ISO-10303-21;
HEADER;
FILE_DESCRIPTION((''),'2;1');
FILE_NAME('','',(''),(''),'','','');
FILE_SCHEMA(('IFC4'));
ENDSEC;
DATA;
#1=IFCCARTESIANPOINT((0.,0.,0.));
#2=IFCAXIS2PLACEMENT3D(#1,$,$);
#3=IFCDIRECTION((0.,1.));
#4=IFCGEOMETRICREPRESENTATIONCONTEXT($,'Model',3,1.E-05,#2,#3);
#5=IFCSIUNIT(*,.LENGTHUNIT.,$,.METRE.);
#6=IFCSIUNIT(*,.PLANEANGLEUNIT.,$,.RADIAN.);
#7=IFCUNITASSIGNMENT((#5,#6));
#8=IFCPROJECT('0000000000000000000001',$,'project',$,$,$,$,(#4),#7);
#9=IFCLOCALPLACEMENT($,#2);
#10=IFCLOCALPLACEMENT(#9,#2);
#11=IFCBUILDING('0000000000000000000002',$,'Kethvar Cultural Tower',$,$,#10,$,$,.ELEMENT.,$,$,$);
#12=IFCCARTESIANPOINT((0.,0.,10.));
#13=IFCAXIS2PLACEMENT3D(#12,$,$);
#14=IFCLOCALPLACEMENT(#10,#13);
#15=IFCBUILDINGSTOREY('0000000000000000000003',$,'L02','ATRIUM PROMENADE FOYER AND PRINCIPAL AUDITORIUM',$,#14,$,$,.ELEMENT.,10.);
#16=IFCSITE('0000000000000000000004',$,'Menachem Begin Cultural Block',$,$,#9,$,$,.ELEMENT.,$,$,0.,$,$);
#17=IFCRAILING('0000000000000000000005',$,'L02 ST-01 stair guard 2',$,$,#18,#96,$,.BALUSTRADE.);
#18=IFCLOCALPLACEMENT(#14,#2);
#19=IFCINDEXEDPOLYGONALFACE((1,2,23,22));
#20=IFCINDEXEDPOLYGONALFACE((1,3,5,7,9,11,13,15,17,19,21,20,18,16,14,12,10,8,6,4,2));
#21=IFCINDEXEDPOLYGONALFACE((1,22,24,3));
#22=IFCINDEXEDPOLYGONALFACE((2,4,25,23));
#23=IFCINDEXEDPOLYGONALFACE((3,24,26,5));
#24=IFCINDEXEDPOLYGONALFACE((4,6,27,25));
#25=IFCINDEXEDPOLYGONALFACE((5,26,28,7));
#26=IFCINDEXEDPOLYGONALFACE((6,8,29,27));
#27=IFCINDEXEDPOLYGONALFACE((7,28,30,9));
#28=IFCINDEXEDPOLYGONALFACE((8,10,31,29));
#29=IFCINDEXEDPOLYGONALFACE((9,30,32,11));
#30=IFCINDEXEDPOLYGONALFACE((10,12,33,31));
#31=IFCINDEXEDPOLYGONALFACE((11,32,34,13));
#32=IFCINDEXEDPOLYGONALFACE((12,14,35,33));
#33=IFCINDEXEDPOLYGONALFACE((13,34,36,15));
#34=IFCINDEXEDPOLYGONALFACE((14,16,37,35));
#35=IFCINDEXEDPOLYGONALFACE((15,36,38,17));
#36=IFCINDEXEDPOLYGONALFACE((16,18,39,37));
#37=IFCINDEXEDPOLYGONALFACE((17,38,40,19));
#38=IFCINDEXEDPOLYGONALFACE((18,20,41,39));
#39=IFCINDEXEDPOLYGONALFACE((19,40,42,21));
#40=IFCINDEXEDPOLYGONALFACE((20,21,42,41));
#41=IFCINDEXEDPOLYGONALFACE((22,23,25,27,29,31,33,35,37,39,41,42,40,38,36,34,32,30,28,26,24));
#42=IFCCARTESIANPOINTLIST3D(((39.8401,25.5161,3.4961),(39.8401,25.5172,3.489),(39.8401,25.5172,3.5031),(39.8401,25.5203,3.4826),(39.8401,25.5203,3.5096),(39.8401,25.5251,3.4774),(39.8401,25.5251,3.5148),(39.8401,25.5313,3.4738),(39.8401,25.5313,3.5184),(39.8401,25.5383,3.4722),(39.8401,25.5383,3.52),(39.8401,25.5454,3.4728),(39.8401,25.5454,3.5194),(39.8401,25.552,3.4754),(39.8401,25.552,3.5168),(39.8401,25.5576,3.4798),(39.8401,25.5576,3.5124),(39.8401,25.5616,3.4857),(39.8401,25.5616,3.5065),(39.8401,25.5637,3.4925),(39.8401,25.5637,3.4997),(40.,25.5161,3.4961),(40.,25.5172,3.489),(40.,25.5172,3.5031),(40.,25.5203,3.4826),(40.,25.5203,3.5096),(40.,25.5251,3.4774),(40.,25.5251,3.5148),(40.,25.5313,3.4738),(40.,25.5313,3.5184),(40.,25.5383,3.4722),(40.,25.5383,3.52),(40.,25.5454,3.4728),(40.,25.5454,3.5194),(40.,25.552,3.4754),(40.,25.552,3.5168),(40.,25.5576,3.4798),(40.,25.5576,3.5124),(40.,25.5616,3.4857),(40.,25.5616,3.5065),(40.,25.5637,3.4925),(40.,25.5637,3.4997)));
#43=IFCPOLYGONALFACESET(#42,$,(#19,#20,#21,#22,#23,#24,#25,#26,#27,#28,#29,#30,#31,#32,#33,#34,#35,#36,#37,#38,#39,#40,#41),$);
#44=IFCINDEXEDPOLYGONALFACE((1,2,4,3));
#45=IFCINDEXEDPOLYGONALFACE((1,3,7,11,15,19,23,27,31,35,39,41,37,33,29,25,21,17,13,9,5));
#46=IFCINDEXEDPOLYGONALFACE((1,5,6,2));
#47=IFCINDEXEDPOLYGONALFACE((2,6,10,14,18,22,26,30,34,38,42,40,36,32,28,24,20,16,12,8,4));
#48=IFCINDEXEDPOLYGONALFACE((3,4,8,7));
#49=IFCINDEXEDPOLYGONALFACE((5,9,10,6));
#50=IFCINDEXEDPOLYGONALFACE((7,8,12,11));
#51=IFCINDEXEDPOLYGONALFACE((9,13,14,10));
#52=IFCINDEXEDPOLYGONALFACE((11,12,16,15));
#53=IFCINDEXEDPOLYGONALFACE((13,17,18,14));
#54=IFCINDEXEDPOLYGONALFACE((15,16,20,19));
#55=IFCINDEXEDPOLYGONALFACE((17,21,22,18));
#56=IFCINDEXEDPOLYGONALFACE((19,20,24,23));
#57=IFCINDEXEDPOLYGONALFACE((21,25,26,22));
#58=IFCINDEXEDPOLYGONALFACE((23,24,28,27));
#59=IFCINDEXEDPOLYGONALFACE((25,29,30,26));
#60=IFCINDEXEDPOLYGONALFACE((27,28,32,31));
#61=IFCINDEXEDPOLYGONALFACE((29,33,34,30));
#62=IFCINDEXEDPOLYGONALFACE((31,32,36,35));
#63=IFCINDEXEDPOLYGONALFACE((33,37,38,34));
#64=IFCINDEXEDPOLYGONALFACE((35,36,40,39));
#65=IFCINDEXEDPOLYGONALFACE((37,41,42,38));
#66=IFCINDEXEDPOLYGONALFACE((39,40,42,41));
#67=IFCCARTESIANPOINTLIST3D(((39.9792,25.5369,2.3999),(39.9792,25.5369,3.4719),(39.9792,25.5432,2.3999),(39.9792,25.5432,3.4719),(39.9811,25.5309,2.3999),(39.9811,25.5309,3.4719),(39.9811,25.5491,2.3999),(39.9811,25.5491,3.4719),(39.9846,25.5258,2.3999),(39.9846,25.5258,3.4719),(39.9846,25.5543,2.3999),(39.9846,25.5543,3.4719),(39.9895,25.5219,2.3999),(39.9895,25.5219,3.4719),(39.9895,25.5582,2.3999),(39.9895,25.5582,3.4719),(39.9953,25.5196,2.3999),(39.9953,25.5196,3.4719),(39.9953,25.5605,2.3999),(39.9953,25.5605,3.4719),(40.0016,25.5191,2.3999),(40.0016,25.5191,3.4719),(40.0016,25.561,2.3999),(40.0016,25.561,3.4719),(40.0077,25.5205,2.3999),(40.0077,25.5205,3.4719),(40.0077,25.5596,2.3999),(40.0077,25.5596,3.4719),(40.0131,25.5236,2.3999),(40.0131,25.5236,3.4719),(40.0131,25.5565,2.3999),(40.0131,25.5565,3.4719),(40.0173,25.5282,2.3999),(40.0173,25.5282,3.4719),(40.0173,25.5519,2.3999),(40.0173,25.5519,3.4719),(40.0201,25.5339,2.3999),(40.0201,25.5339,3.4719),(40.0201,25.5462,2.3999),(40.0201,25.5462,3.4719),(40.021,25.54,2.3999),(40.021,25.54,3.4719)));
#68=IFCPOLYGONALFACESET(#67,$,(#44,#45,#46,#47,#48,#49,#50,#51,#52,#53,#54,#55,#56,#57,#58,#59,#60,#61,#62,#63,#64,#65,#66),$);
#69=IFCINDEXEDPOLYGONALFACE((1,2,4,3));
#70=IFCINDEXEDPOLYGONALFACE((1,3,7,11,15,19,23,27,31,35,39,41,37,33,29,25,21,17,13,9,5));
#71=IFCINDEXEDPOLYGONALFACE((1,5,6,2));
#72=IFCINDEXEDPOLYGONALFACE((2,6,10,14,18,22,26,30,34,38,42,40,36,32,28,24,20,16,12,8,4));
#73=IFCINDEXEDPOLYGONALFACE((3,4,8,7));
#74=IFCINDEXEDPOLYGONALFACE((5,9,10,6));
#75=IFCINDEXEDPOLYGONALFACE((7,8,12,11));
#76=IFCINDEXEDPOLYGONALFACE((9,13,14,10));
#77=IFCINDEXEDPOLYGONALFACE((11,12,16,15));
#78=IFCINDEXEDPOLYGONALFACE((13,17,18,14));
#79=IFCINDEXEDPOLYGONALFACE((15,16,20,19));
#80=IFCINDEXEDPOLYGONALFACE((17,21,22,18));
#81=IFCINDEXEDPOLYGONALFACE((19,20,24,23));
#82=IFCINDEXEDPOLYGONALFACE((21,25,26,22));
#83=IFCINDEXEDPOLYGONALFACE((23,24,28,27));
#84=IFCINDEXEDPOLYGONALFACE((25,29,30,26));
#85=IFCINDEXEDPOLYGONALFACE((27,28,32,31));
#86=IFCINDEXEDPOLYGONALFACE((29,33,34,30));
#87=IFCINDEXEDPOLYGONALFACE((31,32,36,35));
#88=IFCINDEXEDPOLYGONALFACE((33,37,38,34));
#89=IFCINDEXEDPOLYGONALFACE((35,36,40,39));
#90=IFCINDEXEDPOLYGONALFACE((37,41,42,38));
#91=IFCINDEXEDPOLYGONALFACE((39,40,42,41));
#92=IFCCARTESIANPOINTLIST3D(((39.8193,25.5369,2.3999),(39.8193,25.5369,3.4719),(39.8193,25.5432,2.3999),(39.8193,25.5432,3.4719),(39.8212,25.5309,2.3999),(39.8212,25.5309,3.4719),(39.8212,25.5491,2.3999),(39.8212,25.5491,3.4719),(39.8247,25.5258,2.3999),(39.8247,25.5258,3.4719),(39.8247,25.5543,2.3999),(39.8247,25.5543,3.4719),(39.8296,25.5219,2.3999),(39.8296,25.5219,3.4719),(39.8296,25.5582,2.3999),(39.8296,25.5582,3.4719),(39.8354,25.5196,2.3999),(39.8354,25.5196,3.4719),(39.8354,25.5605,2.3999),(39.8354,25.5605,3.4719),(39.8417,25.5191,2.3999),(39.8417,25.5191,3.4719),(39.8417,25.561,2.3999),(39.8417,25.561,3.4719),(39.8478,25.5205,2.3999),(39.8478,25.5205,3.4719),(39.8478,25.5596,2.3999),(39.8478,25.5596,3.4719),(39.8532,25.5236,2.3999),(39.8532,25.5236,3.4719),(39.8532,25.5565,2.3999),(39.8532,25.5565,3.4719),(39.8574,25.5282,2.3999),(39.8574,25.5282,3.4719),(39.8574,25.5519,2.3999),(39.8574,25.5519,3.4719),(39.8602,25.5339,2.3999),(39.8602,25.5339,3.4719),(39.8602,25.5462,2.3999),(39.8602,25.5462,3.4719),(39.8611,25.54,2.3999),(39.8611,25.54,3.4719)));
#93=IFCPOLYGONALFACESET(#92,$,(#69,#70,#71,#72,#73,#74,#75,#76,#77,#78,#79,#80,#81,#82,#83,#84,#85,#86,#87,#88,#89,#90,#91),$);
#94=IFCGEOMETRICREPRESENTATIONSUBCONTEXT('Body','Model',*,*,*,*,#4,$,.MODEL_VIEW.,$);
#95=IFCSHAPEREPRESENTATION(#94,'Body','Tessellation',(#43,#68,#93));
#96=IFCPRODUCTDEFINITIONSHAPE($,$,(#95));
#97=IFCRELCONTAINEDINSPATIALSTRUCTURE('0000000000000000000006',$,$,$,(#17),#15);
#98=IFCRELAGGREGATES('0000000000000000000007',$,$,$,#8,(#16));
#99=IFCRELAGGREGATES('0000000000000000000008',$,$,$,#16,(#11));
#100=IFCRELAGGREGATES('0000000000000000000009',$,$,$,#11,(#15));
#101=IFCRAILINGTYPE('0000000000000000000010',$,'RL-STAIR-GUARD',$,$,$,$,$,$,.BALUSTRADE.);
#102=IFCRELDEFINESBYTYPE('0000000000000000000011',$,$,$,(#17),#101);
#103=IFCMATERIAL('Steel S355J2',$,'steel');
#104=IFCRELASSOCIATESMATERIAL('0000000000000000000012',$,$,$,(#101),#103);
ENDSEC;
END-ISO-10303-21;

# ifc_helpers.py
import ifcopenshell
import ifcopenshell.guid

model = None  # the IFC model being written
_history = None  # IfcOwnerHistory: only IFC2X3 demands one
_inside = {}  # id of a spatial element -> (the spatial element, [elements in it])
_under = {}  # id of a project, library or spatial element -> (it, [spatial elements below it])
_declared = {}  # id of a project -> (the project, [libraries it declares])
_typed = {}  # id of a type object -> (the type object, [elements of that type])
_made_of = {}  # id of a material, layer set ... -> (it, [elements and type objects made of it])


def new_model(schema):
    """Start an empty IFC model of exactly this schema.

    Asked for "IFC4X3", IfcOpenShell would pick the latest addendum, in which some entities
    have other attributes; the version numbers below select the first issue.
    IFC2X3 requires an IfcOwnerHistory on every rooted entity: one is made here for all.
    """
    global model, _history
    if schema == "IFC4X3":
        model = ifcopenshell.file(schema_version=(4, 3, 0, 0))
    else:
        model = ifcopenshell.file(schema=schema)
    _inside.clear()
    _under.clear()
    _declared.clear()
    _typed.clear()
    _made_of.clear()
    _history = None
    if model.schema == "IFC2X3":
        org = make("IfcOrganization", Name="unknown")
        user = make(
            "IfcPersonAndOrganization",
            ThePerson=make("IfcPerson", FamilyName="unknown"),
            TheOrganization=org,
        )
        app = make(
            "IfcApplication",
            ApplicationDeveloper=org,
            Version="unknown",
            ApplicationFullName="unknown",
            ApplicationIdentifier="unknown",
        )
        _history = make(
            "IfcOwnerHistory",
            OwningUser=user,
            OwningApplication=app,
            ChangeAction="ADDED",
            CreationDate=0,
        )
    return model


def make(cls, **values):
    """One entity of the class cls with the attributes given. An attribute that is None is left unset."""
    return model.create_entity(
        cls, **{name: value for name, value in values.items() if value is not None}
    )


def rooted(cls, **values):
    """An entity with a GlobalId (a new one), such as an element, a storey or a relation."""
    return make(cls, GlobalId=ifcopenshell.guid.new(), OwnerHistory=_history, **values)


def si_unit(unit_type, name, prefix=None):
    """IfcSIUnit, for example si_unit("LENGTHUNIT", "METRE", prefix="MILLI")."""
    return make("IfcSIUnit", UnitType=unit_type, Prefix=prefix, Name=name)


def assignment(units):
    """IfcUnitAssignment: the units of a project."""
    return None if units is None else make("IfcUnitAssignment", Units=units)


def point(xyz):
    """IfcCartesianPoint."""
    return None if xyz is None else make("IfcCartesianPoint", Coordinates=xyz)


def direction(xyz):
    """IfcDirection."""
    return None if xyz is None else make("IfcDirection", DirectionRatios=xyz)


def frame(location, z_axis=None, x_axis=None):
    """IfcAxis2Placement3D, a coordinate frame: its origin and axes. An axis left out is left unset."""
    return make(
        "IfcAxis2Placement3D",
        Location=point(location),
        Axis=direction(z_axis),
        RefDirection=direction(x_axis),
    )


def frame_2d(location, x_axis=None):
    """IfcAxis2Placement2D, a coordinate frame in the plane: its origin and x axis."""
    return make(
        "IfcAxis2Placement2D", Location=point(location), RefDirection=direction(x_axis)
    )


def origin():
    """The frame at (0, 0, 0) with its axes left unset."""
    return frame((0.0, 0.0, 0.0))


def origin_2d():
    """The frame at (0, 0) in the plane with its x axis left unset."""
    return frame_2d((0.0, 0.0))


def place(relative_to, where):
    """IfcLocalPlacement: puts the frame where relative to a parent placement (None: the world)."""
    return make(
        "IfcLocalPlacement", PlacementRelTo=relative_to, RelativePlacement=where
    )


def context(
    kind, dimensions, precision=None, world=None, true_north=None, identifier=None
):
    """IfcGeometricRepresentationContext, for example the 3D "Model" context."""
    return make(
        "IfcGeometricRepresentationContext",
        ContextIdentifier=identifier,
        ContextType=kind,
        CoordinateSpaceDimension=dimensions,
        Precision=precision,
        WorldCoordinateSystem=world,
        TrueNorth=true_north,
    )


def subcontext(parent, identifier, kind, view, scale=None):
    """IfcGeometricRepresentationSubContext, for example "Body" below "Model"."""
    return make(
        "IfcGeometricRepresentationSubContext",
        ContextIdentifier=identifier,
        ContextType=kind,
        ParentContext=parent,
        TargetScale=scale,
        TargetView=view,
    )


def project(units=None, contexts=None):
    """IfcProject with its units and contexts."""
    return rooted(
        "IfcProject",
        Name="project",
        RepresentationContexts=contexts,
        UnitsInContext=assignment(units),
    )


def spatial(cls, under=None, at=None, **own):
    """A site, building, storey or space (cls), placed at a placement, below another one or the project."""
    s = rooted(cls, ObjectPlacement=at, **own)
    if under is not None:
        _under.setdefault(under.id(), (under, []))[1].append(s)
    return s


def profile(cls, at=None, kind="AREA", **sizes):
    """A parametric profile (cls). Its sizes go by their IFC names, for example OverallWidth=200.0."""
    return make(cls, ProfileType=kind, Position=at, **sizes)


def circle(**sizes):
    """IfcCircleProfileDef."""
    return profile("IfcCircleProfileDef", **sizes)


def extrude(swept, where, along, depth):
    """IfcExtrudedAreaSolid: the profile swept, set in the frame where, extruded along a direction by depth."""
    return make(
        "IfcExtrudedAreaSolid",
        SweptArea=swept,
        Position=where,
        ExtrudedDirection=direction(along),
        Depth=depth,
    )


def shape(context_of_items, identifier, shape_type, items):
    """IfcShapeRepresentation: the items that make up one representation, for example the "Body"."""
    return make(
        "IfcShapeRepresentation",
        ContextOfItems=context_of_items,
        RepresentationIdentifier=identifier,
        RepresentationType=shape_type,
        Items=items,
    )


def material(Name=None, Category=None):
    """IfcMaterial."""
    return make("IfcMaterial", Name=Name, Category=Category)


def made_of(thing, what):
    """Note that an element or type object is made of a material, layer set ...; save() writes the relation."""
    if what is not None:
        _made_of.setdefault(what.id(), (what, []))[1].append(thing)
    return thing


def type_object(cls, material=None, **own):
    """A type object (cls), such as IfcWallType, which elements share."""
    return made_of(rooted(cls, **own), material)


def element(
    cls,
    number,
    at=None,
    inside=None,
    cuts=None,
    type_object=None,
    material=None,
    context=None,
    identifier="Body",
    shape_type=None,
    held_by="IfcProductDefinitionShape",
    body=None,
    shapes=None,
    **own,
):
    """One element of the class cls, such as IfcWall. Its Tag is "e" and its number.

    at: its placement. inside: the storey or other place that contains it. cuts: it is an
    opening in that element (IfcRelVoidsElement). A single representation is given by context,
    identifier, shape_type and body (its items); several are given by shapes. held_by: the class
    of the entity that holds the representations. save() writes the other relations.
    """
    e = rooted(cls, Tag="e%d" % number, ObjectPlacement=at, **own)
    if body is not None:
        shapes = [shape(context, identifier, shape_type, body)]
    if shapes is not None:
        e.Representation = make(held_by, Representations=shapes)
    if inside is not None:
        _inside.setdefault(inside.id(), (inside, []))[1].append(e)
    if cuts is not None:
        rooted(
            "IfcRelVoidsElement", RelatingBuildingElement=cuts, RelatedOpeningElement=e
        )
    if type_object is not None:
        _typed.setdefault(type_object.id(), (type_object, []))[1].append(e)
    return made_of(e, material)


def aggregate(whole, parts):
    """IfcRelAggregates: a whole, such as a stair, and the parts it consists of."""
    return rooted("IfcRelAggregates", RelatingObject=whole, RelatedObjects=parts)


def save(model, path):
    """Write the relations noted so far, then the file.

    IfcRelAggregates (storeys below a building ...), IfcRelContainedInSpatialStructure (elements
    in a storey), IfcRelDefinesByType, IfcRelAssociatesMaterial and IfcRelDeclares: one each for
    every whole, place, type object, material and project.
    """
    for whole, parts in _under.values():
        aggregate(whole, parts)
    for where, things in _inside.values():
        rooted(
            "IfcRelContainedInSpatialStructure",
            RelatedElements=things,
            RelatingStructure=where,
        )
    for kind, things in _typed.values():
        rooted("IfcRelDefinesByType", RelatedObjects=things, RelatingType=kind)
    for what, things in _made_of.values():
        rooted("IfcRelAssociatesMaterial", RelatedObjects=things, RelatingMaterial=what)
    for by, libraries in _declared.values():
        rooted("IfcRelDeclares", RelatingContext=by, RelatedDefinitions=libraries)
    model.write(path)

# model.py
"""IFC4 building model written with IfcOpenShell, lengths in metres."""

from ifc_helpers import new_model, si_unit, direction, frame, origin, origin_2d, place, context, subcontext, project, spatial, circle, extrude, material, type_object, element, save


model = new_model("IFC4")

# Units and contexts
model_context = context("Model", 3, precision=1e-05, world=origin(), true_north=direction((0.0, 1.0)))
body_context = subcontext(model_context, "Body", "Model", "MODEL_VIEW")
ifc_project = project(units=[si_unit("LENGTHUNIT", "METRE"), si_unit("PLANEANGLEUNIT", "RADIAN")], contexts=[model_context])

# Site, building, storey
site_placement = place(None, origin())
site = spatial("IfcSite", under=ifc_project, at=site_placement, Name="Menachem Begin Cultural Block", CompositionType="ELEMENT", RefElevation=0.0)
building_placement = place(site_placement, origin())
building = spatial("IfcBuilding", under=site, at=building_placement, Name="Kethvar Cultural Tower", CompositionType="ELEMENT")
storey_placement = place(building_placement, frame((0.0, 0.0, 10.0)))
storey = spatial("IfcBuildingStorey", under=building, at=storey_placement, Name="L02", Description="ATRIUM PROMENADE FOYER AND PRINCIPAL AUDITORIUM", CompositionType="ELEMENT", Elevation=10.0)

# Shared definitions
ifc_material_1 = material(Name="Steel S355J2", Category="steel")

# Railing
railing_type_1 = type_object("IfcRailingType", Name="RL-STAIR-GUARD", PredefinedType="BALUSTRADE", material=ifc_material_1)
railing_1_placement = place(storey_placement, frame((40.0, 25.54, 2.3999)))
element("IfcRailing", 1, at=railing_1_placement, inside=storey, type_object=railing_type_1, Name="L02 ST-01 stair guard 2", PredefinedType="BALUSTRADE", context=body_context, shape_type="SweptSolid", body=[
    extrude(circle(Radius=0.0239, at=origin_2d()), frame((0.0, 0.0, 1.0962), z_axis=(-1.0, 0.0, 0.0), x_axis=(0.0, -1.0, 0.0)), (0.0, 0.0, 1.0), 0.1599),
    extrude(circle(Radius=0.021, at=origin_2d()), origin(), (0.0, 0.0, 1.0), 1.072),
    extrude(circle(Radius=0.021, at=origin_2d()), frame((-0.1599, 0.0, 0.0)), (0.0, 0.0, 1.0), 1.072),
])

save(model, "model.ifc")
